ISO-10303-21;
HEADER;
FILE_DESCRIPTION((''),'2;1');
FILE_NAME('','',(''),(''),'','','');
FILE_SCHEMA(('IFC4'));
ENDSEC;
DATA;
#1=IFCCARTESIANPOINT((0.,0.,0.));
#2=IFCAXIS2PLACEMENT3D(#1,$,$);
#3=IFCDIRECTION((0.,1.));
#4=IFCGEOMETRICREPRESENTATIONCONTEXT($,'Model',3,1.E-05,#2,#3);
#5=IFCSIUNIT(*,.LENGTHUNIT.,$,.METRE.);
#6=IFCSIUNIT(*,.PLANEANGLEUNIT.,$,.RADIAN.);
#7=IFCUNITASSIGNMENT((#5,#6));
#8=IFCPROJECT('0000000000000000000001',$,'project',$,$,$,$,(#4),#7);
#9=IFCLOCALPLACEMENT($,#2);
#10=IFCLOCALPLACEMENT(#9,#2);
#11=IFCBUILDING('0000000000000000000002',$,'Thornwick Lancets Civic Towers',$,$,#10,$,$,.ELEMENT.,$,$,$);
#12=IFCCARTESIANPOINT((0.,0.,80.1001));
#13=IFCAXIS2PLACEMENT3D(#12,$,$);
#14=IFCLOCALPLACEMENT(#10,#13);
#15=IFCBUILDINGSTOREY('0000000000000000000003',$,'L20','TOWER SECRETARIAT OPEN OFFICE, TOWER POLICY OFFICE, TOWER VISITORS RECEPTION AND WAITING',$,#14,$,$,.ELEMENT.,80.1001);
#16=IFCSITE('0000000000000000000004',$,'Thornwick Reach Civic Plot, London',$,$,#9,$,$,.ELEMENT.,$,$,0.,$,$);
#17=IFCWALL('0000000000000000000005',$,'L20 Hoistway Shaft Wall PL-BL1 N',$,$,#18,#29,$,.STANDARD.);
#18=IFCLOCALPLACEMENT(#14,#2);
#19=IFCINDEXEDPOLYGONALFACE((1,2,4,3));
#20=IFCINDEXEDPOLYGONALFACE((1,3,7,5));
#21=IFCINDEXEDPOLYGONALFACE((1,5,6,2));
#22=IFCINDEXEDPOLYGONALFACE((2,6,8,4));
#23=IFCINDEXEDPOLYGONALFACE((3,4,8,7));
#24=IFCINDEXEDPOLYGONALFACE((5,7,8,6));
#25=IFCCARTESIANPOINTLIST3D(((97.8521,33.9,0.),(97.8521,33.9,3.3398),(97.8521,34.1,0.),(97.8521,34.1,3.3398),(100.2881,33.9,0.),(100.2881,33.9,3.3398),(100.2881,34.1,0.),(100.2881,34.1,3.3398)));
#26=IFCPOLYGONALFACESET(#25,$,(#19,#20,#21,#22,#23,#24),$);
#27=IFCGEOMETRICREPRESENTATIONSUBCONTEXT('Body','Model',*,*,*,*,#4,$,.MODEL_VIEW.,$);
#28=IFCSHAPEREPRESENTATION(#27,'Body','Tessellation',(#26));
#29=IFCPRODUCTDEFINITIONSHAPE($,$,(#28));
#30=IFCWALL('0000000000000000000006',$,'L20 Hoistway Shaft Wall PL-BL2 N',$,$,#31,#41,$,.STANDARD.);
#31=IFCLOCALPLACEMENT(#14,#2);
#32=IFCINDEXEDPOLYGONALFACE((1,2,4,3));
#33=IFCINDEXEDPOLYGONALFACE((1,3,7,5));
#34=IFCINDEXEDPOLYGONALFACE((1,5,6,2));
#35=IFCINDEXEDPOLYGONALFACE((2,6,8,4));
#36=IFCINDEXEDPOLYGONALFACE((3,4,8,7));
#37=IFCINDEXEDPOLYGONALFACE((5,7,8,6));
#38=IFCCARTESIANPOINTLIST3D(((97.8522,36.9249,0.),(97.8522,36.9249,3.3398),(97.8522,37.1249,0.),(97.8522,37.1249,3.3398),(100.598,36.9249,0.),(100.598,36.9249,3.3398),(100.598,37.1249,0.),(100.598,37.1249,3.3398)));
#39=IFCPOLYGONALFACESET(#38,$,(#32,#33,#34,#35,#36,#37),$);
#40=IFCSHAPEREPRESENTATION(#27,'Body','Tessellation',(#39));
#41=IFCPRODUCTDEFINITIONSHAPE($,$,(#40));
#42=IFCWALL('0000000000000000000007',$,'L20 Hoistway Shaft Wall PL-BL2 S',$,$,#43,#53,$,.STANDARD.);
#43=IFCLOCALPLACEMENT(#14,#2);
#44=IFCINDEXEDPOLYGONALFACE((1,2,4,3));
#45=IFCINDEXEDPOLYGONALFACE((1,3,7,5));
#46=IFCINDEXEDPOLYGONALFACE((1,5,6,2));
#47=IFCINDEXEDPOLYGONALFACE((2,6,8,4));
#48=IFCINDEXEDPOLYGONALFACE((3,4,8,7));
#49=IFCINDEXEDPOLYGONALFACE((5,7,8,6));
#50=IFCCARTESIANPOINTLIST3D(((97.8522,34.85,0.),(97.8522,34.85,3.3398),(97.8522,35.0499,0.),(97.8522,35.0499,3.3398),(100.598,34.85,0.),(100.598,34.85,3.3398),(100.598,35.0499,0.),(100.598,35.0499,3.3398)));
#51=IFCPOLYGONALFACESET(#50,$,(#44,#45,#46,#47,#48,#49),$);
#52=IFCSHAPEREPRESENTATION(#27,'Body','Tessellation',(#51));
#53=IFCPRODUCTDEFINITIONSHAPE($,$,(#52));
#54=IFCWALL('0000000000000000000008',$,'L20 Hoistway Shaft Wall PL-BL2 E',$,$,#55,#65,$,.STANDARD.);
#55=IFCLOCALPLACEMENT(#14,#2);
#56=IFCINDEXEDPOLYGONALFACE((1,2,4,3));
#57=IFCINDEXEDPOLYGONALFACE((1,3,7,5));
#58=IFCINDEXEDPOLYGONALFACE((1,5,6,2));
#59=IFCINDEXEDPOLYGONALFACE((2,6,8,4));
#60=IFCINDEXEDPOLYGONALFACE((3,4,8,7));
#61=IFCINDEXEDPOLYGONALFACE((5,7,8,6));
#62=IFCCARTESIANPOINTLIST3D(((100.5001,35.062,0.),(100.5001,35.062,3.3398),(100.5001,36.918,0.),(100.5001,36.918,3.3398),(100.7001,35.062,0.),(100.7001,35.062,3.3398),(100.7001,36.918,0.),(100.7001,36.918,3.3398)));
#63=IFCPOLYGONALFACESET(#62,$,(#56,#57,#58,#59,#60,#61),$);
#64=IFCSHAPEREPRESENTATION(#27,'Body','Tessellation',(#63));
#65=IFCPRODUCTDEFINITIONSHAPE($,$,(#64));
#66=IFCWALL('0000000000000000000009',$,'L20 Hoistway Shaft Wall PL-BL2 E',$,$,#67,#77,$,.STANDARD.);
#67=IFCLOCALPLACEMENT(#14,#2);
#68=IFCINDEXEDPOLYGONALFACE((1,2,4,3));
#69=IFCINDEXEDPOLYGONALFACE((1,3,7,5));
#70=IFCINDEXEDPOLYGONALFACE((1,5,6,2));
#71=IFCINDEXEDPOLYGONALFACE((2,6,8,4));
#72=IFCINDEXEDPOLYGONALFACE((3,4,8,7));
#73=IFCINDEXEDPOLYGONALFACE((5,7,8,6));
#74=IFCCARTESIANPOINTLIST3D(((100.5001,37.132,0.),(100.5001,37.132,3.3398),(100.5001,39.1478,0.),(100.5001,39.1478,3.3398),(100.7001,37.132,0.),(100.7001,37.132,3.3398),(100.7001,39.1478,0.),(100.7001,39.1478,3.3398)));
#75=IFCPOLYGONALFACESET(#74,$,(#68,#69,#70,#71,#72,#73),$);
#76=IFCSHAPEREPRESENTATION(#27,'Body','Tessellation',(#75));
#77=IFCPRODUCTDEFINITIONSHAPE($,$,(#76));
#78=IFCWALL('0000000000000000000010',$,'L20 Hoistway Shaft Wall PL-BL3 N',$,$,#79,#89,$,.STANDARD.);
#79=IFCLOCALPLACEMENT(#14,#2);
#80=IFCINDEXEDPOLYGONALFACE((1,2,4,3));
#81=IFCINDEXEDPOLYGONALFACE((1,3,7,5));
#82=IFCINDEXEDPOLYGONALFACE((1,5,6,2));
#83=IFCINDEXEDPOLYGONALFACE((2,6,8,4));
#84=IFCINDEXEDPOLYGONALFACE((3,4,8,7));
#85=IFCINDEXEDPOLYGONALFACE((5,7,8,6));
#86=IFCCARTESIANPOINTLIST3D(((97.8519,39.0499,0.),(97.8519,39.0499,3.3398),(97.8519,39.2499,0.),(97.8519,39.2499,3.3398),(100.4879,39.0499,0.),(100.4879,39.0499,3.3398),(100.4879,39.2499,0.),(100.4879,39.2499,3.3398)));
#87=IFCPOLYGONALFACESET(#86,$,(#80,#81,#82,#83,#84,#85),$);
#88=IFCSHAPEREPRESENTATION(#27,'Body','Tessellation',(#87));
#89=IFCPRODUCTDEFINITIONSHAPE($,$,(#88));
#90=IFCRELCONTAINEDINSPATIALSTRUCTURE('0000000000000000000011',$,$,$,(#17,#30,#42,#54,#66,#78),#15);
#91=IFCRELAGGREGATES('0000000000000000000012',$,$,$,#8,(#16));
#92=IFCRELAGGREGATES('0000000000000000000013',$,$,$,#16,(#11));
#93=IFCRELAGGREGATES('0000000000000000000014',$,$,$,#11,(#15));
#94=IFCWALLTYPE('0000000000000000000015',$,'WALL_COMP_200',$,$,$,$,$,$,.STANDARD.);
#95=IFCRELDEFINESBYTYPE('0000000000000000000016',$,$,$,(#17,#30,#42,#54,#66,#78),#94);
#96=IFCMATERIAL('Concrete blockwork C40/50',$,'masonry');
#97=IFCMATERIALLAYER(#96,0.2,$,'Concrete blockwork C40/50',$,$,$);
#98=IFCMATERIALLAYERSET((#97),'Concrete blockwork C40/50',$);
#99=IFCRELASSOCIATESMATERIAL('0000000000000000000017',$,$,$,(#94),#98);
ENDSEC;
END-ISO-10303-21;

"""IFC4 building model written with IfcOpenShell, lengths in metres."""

from ifc_helpers import new_model, si_unit, direction, frame, frame_2d, origin, place, context, subcontext, project, spatial, rectangle, extrude, material, layer, layer_set, type_object, element, save


model = new_model("IFC4")

# Units and contexts
model_context = context("Model", 3, precision=1e-05, world=origin(), true_north=direction((0.0, 1.0)))
body_context = subcontext(model_context, "Body", "Model", "MODEL_VIEW")
ifc_project = project(units=[si_unit("LENGTHUNIT", "METRE"), si_unit("PLANEANGLEUNIT", "RADIAN")], contexts=[model_context])

# Site, building, storey
site_placement = place(None, origin())
site = spatial("IfcSite", under=ifc_project, at=site_placement, Name="Thornwick Reach Civic Plot, London", CompositionType="ELEMENT", RefElevation=0.0)
building_placement = place(site_placement, origin())
building = spatial("IfcBuilding", under=site, at=building_placement, Name="Thornwick Lancets Civic Towers", CompositionType="ELEMENT")
storey_placement = place(building_placement, frame((0.0, 0.0, 80.1001)))
storey = spatial("IfcBuildingStorey", under=building, at=storey_placement, Name="L20", Description="TOWER SECRETARIAT OPEN OFFICE, TOWER POLICY OFFICE, TOWER VISITORS RECEPTION AND WAITING", CompositionType="ELEMENT", Elevation=80.1001)

# Shared definitions
ifc_material_1 = material(Name="Concrete blockwork C40/50", Category="masonry")
ifc_layer = layer(ifc_material_1, 0.2, Name="Concrete blockwork C40/50")
ifc_layer_set = layer_set([ifc_layer], Name="Concrete blockwork C40/50")
wall_type = type_object("IfcWallType", Name="WALL_COMP_200", PredefinedType="STANDARD", material=ifc_layer_set)

# Walls
for number, where, z_axis, x_axis, name in (
    (1, (97.8521, 34.0, 0.0), (0.0, 0.0, 1.0), (1.0, 0.0, 0.0), "L20 Hoistway Shaft Wall PL-BL1 N"),
):
    element("IfcWall", number, at=place(storey_placement, frame(where, z_axis=z_axis, x_axis=x_axis)), inside=storey, type_object=wall_type, Name=name, PredefinedType="STANDARD", context=body_context, shape_type="SweptSolid", body=[
        extrude(rectangle(XDim=2.436, YDim=0.2, at=frame_2d((1.218, 0.0))), origin(), (0.0, 0.0, 1.0), 3.3398),
    ])
for number, where, z_axis, x_axis, name in (
    (2, (97.8521, 37.0249, 0.0), (0.0, 0.0, 1.0), (1.0, 0.0, 0.0), "L20 Hoistway Shaft Wall PL-BL2 N"),
    (3, (97.8521, 34.95, 0.0), (0.0, 0.0, 1.0), (1.0, 0.0, 0.0), "L20 Hoistway Shaft Wall PL-BL2 S"),
):
    element("IfcWall", number, at=place(storey_placement, frame(where, z_axis=z_axis, x_axis=x_axis)), inside=storey, type_object=wall_type, Name=name, PredefinedType="STANDARD", context=body_context, shape_type="SweptSolid", body=[
        extrude(rectangle(XDim=2.7458, YDim=0.2, at=frame_2d((1.373, 0.0))), origin(), (0.0, 0.0, 1.0), 3.3398),
    ])
wall_1_placement = place(storey_placement, frame((100.6001, 35.062, 0.0), z_axis=(0.0, 0.0, 1.0), x_axis=(0.0, 1.0, 0.0)))
element("IfcWall", 4, at=wall_1_placement, inside=storey, type_object=wall_type, Name="L20 Hoistway Shaft Wall PL-BL2 E", PredefinedType="STANDARD", context=body_context, shape_type="SweptSolid", body=[
    extrude(rectangle(XDim=1.856, YDim=0.2, at=frame_2d((0.928, 0.0))), origin(), (0.0, 0.0, 1.0), 3.3398),
])
wall_2_placement = place(storey_placement, frame((100.6001, 37.1321, 0.0), z_axis=(0.0, 0.0, 1.0), x_axis=(0.0, 1.0, 0.0)))
element("IfcWall", 5, at=wall_2_placement, inside=storey, type_object=wall_type, Name="L20 Hoistway Shaft Wall PL-BL2 E", PredefinedType="STANDARD", context=body_context, shape_type="SweptSolid", body=[
    extrude(rectangle(XDim=2.0159, YDim=0.2, at=frame_2d((1.0078, 0.0))), origin(), (0.0, 0.0, 1.0), 3.3398),
])
wall_3_placement = place(storey_placement, frame((97.8521, 39.1499, 0.0), z_axis=(0.0, 0.0, 1.0), x_axis=(1.0, 0.0, 0.0)))
element("IfcWall", 6, at=wall_3_placement, inside=storey, type_object=wall_type, Name="L20 Hoistway Shaft Wall PL-BL3 N", PredefinedType="STANDARD", context=body_context, shape_type="SweptSolid", body=[
    extrude(rectangle(XDim=2.636, YDim=0.2, at=frame_2d((1.3179, 0.0))), origin(), (0.0, 0.0, 1.0), 3.3398),
])

save(model, "model.ifc")
